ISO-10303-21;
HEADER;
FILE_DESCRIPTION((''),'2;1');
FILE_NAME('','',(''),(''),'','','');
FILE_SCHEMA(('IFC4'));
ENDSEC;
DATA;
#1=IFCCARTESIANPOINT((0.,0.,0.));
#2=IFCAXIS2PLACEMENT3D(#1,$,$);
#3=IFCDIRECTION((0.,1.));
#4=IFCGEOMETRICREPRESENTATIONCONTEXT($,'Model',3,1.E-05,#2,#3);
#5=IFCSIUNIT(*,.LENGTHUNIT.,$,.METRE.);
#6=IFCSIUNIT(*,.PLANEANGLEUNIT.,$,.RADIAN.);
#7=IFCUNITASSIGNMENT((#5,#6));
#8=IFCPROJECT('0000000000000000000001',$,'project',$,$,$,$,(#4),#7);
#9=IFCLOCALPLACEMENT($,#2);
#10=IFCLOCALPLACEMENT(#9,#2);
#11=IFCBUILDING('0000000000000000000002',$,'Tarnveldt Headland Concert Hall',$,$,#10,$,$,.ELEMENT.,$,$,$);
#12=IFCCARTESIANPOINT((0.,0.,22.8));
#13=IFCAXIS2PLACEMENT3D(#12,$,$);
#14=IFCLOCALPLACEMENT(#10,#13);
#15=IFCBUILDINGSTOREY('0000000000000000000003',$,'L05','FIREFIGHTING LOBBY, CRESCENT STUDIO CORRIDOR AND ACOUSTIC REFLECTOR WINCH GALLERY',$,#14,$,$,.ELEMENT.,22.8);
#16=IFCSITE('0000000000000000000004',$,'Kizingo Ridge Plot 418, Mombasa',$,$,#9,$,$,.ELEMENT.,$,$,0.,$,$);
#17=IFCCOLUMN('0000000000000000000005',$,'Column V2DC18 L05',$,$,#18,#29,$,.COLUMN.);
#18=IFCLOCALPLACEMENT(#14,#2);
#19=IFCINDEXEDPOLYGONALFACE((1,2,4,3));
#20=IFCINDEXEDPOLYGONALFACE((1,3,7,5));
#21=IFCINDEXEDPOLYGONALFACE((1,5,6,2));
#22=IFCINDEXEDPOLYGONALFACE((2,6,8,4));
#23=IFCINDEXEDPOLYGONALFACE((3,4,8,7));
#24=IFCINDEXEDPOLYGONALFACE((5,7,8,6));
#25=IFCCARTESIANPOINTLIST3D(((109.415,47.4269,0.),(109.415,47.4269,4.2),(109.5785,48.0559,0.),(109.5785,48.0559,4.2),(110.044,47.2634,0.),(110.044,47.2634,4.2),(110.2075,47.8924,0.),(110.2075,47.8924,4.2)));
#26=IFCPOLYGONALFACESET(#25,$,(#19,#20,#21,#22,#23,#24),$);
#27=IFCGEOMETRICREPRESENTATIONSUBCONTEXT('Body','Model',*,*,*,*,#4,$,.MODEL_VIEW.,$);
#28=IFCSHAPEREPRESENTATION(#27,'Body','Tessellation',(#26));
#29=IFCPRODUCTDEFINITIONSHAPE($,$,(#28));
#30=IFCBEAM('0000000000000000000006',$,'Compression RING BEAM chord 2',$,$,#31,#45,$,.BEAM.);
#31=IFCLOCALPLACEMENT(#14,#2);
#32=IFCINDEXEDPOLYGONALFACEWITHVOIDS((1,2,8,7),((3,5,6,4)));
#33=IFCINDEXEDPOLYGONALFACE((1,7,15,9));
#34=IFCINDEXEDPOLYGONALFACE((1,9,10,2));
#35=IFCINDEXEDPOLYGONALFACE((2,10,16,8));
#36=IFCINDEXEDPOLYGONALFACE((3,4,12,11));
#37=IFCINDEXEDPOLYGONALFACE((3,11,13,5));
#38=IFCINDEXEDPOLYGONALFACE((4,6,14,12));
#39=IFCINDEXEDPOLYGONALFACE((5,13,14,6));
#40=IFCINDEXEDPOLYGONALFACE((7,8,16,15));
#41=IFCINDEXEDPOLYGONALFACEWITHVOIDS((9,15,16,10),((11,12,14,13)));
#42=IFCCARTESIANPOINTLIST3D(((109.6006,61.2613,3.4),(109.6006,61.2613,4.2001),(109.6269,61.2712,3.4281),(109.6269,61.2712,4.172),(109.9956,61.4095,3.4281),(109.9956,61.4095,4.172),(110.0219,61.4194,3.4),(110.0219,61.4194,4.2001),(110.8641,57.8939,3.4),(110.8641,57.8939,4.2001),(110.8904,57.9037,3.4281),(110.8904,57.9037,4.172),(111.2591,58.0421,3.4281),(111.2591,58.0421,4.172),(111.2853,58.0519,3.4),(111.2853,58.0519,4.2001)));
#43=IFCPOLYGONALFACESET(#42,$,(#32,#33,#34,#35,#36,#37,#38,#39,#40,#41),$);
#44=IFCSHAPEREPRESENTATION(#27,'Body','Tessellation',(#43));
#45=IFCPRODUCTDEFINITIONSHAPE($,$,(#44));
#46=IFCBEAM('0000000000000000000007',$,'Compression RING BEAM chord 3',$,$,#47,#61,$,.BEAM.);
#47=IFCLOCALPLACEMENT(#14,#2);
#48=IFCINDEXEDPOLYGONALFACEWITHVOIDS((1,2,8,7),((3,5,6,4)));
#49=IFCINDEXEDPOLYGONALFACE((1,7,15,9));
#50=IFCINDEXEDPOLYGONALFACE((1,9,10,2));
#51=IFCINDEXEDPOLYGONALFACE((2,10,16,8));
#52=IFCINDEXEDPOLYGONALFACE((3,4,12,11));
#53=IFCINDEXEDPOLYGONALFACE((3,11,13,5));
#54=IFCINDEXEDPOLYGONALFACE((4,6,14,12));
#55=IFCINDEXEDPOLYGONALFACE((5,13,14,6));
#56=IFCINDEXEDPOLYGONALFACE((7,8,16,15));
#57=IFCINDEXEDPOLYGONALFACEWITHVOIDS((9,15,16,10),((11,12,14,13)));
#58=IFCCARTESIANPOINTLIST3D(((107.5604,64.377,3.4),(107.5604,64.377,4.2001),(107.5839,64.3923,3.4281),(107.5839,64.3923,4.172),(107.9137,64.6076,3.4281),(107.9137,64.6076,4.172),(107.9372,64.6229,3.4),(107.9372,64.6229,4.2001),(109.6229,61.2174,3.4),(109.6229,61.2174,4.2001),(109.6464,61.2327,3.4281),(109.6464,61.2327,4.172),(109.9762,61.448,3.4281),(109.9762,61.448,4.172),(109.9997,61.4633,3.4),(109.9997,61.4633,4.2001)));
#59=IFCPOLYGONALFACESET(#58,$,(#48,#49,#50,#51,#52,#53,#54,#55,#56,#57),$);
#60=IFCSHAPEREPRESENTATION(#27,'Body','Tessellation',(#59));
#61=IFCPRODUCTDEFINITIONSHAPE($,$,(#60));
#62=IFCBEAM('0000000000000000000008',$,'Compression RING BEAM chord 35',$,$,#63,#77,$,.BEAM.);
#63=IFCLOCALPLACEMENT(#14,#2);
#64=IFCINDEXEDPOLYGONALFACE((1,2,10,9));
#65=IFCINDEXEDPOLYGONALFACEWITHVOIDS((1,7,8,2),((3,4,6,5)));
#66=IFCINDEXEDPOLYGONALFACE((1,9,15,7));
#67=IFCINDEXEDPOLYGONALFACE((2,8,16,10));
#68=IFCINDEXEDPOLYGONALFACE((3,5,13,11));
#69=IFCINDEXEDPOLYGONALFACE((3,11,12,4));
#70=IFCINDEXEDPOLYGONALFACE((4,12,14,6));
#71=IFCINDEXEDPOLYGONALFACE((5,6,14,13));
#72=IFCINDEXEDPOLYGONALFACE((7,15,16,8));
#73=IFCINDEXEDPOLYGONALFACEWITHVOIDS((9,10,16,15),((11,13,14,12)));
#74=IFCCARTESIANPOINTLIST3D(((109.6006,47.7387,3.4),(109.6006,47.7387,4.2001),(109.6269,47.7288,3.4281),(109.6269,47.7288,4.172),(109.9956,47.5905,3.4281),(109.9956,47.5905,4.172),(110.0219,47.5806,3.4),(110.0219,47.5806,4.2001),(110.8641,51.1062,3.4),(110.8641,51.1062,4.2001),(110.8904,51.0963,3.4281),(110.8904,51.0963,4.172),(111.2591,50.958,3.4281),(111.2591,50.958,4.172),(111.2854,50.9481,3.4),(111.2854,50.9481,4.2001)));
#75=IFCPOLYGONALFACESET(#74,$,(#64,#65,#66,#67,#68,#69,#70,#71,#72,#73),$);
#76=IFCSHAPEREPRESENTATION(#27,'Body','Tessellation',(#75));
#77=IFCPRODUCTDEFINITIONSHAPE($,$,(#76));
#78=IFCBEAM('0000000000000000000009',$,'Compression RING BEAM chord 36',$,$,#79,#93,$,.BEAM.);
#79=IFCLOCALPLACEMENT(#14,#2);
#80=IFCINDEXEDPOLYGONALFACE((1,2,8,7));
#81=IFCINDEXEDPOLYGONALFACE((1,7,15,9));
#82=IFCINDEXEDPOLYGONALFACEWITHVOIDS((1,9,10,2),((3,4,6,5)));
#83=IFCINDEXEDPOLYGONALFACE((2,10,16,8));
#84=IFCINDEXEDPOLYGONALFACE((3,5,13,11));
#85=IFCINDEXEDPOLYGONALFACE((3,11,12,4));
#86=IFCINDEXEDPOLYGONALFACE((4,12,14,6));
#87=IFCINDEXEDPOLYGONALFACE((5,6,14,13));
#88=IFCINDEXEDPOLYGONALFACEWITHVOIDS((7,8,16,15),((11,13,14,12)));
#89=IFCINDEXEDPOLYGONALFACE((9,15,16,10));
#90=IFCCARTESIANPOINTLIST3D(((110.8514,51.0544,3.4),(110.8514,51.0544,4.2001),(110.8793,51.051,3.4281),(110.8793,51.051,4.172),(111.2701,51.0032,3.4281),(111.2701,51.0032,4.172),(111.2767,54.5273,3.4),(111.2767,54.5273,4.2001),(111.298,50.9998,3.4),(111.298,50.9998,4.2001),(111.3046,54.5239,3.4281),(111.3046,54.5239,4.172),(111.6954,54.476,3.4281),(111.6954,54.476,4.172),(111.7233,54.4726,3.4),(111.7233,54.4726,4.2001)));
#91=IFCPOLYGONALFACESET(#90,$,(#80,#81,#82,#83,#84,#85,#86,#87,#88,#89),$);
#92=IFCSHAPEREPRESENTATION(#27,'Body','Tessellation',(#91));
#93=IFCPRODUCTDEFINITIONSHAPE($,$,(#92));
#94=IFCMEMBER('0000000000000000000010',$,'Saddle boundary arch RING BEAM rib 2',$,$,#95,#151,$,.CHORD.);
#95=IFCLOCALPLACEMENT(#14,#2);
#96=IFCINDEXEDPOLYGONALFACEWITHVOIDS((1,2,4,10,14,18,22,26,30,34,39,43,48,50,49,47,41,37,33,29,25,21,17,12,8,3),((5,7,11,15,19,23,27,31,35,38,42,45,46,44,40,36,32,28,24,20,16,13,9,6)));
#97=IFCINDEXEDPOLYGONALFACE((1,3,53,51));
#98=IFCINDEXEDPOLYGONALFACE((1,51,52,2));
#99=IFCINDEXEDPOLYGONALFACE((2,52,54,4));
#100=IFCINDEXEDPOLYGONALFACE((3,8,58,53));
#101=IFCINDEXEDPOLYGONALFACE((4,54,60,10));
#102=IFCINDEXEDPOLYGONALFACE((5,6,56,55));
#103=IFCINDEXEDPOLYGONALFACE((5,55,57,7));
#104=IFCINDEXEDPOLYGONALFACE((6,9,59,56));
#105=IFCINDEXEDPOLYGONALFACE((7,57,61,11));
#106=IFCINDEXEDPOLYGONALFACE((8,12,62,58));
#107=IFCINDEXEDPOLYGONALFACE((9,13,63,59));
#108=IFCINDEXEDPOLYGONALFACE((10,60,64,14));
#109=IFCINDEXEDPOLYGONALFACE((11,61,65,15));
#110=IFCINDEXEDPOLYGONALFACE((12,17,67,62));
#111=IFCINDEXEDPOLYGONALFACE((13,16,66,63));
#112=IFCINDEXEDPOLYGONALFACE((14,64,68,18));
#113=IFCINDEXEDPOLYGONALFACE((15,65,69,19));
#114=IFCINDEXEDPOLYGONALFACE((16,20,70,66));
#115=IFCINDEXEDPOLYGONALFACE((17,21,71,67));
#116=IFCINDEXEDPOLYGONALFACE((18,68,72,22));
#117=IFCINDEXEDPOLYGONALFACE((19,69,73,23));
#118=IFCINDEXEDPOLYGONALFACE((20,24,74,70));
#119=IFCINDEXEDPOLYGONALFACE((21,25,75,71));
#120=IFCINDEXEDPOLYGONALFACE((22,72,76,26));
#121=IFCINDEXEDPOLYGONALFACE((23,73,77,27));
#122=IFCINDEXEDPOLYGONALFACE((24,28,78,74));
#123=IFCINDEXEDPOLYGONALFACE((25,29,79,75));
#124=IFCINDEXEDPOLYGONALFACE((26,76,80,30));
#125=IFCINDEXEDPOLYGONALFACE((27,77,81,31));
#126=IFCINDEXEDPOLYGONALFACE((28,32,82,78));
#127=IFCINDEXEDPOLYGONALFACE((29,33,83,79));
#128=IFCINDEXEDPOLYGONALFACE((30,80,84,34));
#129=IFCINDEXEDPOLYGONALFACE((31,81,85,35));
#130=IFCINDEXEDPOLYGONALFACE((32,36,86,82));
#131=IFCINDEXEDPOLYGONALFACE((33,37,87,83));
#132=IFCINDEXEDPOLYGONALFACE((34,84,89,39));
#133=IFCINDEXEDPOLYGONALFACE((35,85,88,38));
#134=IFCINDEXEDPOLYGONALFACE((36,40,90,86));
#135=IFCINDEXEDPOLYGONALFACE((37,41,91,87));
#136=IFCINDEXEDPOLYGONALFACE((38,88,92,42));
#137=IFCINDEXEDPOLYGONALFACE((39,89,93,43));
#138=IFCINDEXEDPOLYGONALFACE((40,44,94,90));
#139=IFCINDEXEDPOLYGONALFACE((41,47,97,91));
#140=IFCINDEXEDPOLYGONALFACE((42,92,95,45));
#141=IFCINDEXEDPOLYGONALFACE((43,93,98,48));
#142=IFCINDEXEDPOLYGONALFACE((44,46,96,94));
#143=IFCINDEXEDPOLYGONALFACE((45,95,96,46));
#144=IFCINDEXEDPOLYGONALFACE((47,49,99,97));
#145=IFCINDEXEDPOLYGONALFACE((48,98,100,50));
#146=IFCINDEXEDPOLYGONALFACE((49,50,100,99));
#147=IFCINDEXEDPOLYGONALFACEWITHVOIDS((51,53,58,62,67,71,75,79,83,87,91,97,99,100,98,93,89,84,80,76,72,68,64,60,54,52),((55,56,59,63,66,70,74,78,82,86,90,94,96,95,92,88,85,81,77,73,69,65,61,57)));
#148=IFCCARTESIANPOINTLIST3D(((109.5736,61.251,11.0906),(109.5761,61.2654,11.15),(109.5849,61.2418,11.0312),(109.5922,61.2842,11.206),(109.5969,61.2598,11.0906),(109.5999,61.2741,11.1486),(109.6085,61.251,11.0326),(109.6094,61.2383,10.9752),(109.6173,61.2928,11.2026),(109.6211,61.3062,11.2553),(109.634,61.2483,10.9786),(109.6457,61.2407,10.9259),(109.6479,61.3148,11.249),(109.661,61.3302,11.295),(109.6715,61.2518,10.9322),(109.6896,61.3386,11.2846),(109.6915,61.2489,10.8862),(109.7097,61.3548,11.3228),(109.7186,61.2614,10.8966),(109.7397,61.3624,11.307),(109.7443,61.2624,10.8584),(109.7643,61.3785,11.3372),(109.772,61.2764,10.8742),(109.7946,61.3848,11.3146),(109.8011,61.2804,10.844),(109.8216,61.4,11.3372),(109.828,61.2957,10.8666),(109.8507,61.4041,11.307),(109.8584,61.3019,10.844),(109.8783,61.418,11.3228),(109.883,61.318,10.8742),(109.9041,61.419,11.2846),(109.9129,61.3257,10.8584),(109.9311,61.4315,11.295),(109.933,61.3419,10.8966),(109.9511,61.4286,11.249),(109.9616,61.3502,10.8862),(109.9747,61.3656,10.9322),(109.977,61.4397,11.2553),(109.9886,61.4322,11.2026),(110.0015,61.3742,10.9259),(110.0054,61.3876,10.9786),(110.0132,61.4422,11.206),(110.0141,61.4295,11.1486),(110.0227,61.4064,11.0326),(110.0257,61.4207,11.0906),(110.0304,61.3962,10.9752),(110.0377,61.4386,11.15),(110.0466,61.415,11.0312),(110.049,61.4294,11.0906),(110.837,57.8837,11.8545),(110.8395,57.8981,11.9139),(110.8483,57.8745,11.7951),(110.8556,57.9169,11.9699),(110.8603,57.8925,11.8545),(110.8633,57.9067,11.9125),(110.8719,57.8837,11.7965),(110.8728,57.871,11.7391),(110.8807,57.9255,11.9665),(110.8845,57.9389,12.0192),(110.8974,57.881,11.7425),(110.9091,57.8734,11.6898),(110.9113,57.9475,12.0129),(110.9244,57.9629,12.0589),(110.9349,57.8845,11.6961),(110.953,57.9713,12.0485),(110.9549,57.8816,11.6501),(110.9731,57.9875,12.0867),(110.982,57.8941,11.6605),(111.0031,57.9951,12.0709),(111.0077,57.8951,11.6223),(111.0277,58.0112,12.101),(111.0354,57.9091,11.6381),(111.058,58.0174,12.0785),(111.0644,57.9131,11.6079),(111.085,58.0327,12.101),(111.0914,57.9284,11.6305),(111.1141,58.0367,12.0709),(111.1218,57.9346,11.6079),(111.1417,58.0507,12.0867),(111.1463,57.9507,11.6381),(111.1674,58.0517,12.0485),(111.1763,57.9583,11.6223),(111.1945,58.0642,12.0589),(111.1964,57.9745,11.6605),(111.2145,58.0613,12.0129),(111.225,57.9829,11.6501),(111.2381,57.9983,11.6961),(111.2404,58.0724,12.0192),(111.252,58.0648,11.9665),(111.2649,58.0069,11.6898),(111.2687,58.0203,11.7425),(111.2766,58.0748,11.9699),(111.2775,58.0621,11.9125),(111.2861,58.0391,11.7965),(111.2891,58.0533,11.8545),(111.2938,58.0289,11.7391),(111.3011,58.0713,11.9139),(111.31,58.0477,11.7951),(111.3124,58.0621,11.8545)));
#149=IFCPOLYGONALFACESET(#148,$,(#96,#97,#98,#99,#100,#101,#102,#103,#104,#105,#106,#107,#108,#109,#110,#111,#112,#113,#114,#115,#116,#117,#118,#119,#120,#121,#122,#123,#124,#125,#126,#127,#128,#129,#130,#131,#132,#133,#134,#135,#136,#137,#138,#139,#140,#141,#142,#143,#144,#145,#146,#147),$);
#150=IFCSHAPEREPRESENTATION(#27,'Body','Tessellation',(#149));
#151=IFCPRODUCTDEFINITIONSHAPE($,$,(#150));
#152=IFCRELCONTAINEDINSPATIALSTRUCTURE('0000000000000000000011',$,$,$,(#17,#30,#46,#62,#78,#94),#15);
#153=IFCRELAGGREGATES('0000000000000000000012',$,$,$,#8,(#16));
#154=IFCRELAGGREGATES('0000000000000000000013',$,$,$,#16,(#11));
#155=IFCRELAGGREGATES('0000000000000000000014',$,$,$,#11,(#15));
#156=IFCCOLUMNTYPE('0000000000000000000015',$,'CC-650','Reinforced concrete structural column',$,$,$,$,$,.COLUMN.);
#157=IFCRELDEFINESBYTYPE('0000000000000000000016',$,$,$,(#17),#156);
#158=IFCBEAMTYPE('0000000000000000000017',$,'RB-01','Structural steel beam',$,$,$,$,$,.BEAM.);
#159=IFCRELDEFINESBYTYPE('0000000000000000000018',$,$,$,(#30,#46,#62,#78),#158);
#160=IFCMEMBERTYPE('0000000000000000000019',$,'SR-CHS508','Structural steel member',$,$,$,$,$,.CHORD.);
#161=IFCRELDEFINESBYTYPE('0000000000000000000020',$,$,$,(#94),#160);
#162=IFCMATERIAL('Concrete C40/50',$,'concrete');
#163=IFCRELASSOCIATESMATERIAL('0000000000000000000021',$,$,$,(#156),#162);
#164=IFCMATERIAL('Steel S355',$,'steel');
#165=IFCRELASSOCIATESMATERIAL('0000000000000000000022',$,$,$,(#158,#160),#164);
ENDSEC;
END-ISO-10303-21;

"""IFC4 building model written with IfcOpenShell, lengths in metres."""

from ifc_helpers import new_model, si_unit, direction, frame, origin, origin_2d, place, context, subcontext, project, spatial, rectangle, hollow_rectangle, hollow_circle, extrude, material, material_profile, profile_set, type_object, element, save


model = new_model("IFC4")

# Units and contexts
model_context = context("Model", 3, precision=1e-05, world=origin(), true_north=direction((0.0, 1.0)))
body_context = subcontext(model_context, "Body", "Model", "MODEL_VIEW")
ifc_project = project(units=[si_unit("LENGTHUNIT", "METRE"), si_unit("PLANEANGLEUNIT", "RADIAN")], contexts=[model_context])

# Site, building, storey
site_placement = place(None, origin())
site = spatial("IfcSite", under=ifc_project, at=site_placement, Name="Kizingo Ridge Plot 418, Mombasa", CompositionType="ELEMENT", RefElevation=0.0)
building_placement = place(site_placement, origin())
building = spatial("IfcBuilding", under=site, at=building_placement, Name="Tarnveldt Headland Concert Hall", CompositionType="ELEMENT")
storey_placement = place(building_placement, frame((0.0, 0.0, 22.8)))
storey = spatial("IfcBuildingStorey", under=building, at=storey_placement, Name="L05", Description="FIREFIGHTING LOBBY, CRESCENT STUDIO CORRIDOR AND ACOUSTIC REFLECTOR WINCH GALLERY", CompositionType="ELEMENT", Elevation=22.8)

# Column
ifc_material_1 = material(Name="Concrete C40/50", Category="concrete")
ifc_material_profile_1 = material_profile(ifc_material_1, rectangle(XDim=0.6499, YDim=0.6499, at=origin_2d()), Name="RC 650x650", Category="concrete")
ifc_profile_set_1 = profile_set([ifc_material_profile_1], Name="Concrete C40/50")
column_type = type_object("IfcColumnType", Name="CC-650", Description="Reinforced concrete structural column", PredefinedType="COLUMN", material=ifc_profile_set_1)
column_placement = place(storey_placement, frame((109.8113, 47.6597, 0.0), z_axis=(0.0, 0.0, 1.0), x_axis=(0.967841, -0.251563, 0.0)))
element("IfcColumn", 1, at=column_placement, inside=storey, type_object=column_type, Name="Column V2DC18 L05", PredefinedType="COLUMN", context=body_context, shape_type="SweptSolid", body=[
    extrude(rectangle(XDim=0.6499, YDim=0.6499, at=origin_2d()), origin(), (0.0, 0.0, 1.0), 4.2),
])

# Beams
ifc_material_2 = material(Name="Steel S355", Category="steel")
ifc_material_profile_2 = material_profile(ifc_material_2, hollow_rectangle(XDim=0.45, YDim=0.8, WallThickness=0.0281, at=origin_2d()), Name="RHS 800x450x28", Category="steel")
ifc_profile_set_2 = profile_set([ifc_material_profile_2], Name="Steel S355")
beam_type = type_object("IfcBeamType", Name="RB-01", Description="Structural steel beam", PredefinedType="BEAM", material=ifc_profile_set_2)
beam_1_placement = place(storey_placement, frame((111.0747, 57.9729, 3.8), z_axis=(-0.35128, 0.936271, 0.0), x_axis=(-0.936271, -0.35128, 0.0)))
element("IfcBeam", 2, at=beam_1_placement, inside=storey, type_object=beam_type, Name="Compression RING BEAM chord 2", PredefinedType="BEAM", context=body_context, shape_type="SweptSolid", body=[
    extrude(hollow_rectangle(XDim=0.45, YDim=0.8, WallThickness=0.0281, at=origin_2d()), origin(), (0.0, 0.0, 1.0), 3.5967),
])
beam_2_placement = place(storey_placement, frame((109.8113, 61.3403, 3.8), z_axis=(-0.546611, 0.837387, 0.0), x_axis=(-0.837387, -0.546611, 0.0)))
element("IfcBeam", 3, at=beam_2_placement, inside=storey, type_object=beam_type, Name="Compression RING BEAM chord 3", PredefinedType="BEAM", context=body_context, shape_type="SweptSolid", body=[
    extrude(hollow_rectangle(XDim=0.45, YDim=0.8, WallThickness=0.0281, at=origin_2d()), origin(), (0.0, 0.0, 1.0), 3.7732),
])
beam_3_placement = place(storey_placement, frame((109.8113, 47.6597, 3.8), z_axis=(0.35128, 0.936271, 0.0), x_axis=(-0.936271, 0.35128, 0.0)))
element("IfcBeam", 4, at=beam_3_placement, inside=storey, type_object=beam_type, Name="Compression RING BEAM chord 35", PredefinedType="BEAM", context=body_context, shape_type="SweptSolid", body=[
    extrude(hollow_rectangle(XDim=0.45, YDim=0.8, WallThickness=0.0281, at=origin_2d()), origin(), (0.0, 0.0, 1.0), 3.5967),
])
beam_4_placement = place(storey_placement, frame((111.0747, 51.0271, 3.8), z_axis=(0.121552, 0.992585, 0.0), x_axis=(-0.992585, 0.121552, 0.0)))
element("IfcBeam", 5, at=beam_4_placement, inside=storey, type_object=beam_type, Name="Compression RING BEAM chord 36", PredefinedType="BEAM", context=body_context, shape_type="SweptSolid", body=[
    extrude(hollow_rectangle(XDim=0.45, YDim=0.8, WallThickness=0.0281, at=origin_2d()), origin(), (0.0, 0.0, 1.0), 3.4988),
])

# Member
ifc_material_profile_3 = material_profile(ifc_material_2, hollow_circle(Radius=0.2539, WallThickness=0.0249, at=origin_2d()), Name="CHS 508x25", Category="steel")
ifc_profile_set_3 = profile_set([ifc_material_profile_3], Name="Steel S355")
member_type_1 = type_object("IfcMemberType", Name="SR-CHS508", Description="Structural steel member", PredefinedType="CHORD", material=ifc_profile_set_3)
member_1_placement = place(storey_placement, frame((111.0747, 57.9729, 11.8545), z_axis=(-0.343615, 0.915841, -0.207762), x_axis=(-0.936271, -0.35128, 0.0)))
element("IfcMember", 6, at=member_1_placement, inside=storey, type_object=member_type_1, Name="Saddle boundary arch RING BEAM rib 2", PredefinedType="CHORD", context=body_context, shape_type="SweptSolid", body=[
    extrude(hollow_circle(Radius=0.2539, WallThickness=0.0249, at=origin_2d()), origin(), (0.0, 0.0, 1.0), 3.6768),
])

save(model, "model.ifc")
